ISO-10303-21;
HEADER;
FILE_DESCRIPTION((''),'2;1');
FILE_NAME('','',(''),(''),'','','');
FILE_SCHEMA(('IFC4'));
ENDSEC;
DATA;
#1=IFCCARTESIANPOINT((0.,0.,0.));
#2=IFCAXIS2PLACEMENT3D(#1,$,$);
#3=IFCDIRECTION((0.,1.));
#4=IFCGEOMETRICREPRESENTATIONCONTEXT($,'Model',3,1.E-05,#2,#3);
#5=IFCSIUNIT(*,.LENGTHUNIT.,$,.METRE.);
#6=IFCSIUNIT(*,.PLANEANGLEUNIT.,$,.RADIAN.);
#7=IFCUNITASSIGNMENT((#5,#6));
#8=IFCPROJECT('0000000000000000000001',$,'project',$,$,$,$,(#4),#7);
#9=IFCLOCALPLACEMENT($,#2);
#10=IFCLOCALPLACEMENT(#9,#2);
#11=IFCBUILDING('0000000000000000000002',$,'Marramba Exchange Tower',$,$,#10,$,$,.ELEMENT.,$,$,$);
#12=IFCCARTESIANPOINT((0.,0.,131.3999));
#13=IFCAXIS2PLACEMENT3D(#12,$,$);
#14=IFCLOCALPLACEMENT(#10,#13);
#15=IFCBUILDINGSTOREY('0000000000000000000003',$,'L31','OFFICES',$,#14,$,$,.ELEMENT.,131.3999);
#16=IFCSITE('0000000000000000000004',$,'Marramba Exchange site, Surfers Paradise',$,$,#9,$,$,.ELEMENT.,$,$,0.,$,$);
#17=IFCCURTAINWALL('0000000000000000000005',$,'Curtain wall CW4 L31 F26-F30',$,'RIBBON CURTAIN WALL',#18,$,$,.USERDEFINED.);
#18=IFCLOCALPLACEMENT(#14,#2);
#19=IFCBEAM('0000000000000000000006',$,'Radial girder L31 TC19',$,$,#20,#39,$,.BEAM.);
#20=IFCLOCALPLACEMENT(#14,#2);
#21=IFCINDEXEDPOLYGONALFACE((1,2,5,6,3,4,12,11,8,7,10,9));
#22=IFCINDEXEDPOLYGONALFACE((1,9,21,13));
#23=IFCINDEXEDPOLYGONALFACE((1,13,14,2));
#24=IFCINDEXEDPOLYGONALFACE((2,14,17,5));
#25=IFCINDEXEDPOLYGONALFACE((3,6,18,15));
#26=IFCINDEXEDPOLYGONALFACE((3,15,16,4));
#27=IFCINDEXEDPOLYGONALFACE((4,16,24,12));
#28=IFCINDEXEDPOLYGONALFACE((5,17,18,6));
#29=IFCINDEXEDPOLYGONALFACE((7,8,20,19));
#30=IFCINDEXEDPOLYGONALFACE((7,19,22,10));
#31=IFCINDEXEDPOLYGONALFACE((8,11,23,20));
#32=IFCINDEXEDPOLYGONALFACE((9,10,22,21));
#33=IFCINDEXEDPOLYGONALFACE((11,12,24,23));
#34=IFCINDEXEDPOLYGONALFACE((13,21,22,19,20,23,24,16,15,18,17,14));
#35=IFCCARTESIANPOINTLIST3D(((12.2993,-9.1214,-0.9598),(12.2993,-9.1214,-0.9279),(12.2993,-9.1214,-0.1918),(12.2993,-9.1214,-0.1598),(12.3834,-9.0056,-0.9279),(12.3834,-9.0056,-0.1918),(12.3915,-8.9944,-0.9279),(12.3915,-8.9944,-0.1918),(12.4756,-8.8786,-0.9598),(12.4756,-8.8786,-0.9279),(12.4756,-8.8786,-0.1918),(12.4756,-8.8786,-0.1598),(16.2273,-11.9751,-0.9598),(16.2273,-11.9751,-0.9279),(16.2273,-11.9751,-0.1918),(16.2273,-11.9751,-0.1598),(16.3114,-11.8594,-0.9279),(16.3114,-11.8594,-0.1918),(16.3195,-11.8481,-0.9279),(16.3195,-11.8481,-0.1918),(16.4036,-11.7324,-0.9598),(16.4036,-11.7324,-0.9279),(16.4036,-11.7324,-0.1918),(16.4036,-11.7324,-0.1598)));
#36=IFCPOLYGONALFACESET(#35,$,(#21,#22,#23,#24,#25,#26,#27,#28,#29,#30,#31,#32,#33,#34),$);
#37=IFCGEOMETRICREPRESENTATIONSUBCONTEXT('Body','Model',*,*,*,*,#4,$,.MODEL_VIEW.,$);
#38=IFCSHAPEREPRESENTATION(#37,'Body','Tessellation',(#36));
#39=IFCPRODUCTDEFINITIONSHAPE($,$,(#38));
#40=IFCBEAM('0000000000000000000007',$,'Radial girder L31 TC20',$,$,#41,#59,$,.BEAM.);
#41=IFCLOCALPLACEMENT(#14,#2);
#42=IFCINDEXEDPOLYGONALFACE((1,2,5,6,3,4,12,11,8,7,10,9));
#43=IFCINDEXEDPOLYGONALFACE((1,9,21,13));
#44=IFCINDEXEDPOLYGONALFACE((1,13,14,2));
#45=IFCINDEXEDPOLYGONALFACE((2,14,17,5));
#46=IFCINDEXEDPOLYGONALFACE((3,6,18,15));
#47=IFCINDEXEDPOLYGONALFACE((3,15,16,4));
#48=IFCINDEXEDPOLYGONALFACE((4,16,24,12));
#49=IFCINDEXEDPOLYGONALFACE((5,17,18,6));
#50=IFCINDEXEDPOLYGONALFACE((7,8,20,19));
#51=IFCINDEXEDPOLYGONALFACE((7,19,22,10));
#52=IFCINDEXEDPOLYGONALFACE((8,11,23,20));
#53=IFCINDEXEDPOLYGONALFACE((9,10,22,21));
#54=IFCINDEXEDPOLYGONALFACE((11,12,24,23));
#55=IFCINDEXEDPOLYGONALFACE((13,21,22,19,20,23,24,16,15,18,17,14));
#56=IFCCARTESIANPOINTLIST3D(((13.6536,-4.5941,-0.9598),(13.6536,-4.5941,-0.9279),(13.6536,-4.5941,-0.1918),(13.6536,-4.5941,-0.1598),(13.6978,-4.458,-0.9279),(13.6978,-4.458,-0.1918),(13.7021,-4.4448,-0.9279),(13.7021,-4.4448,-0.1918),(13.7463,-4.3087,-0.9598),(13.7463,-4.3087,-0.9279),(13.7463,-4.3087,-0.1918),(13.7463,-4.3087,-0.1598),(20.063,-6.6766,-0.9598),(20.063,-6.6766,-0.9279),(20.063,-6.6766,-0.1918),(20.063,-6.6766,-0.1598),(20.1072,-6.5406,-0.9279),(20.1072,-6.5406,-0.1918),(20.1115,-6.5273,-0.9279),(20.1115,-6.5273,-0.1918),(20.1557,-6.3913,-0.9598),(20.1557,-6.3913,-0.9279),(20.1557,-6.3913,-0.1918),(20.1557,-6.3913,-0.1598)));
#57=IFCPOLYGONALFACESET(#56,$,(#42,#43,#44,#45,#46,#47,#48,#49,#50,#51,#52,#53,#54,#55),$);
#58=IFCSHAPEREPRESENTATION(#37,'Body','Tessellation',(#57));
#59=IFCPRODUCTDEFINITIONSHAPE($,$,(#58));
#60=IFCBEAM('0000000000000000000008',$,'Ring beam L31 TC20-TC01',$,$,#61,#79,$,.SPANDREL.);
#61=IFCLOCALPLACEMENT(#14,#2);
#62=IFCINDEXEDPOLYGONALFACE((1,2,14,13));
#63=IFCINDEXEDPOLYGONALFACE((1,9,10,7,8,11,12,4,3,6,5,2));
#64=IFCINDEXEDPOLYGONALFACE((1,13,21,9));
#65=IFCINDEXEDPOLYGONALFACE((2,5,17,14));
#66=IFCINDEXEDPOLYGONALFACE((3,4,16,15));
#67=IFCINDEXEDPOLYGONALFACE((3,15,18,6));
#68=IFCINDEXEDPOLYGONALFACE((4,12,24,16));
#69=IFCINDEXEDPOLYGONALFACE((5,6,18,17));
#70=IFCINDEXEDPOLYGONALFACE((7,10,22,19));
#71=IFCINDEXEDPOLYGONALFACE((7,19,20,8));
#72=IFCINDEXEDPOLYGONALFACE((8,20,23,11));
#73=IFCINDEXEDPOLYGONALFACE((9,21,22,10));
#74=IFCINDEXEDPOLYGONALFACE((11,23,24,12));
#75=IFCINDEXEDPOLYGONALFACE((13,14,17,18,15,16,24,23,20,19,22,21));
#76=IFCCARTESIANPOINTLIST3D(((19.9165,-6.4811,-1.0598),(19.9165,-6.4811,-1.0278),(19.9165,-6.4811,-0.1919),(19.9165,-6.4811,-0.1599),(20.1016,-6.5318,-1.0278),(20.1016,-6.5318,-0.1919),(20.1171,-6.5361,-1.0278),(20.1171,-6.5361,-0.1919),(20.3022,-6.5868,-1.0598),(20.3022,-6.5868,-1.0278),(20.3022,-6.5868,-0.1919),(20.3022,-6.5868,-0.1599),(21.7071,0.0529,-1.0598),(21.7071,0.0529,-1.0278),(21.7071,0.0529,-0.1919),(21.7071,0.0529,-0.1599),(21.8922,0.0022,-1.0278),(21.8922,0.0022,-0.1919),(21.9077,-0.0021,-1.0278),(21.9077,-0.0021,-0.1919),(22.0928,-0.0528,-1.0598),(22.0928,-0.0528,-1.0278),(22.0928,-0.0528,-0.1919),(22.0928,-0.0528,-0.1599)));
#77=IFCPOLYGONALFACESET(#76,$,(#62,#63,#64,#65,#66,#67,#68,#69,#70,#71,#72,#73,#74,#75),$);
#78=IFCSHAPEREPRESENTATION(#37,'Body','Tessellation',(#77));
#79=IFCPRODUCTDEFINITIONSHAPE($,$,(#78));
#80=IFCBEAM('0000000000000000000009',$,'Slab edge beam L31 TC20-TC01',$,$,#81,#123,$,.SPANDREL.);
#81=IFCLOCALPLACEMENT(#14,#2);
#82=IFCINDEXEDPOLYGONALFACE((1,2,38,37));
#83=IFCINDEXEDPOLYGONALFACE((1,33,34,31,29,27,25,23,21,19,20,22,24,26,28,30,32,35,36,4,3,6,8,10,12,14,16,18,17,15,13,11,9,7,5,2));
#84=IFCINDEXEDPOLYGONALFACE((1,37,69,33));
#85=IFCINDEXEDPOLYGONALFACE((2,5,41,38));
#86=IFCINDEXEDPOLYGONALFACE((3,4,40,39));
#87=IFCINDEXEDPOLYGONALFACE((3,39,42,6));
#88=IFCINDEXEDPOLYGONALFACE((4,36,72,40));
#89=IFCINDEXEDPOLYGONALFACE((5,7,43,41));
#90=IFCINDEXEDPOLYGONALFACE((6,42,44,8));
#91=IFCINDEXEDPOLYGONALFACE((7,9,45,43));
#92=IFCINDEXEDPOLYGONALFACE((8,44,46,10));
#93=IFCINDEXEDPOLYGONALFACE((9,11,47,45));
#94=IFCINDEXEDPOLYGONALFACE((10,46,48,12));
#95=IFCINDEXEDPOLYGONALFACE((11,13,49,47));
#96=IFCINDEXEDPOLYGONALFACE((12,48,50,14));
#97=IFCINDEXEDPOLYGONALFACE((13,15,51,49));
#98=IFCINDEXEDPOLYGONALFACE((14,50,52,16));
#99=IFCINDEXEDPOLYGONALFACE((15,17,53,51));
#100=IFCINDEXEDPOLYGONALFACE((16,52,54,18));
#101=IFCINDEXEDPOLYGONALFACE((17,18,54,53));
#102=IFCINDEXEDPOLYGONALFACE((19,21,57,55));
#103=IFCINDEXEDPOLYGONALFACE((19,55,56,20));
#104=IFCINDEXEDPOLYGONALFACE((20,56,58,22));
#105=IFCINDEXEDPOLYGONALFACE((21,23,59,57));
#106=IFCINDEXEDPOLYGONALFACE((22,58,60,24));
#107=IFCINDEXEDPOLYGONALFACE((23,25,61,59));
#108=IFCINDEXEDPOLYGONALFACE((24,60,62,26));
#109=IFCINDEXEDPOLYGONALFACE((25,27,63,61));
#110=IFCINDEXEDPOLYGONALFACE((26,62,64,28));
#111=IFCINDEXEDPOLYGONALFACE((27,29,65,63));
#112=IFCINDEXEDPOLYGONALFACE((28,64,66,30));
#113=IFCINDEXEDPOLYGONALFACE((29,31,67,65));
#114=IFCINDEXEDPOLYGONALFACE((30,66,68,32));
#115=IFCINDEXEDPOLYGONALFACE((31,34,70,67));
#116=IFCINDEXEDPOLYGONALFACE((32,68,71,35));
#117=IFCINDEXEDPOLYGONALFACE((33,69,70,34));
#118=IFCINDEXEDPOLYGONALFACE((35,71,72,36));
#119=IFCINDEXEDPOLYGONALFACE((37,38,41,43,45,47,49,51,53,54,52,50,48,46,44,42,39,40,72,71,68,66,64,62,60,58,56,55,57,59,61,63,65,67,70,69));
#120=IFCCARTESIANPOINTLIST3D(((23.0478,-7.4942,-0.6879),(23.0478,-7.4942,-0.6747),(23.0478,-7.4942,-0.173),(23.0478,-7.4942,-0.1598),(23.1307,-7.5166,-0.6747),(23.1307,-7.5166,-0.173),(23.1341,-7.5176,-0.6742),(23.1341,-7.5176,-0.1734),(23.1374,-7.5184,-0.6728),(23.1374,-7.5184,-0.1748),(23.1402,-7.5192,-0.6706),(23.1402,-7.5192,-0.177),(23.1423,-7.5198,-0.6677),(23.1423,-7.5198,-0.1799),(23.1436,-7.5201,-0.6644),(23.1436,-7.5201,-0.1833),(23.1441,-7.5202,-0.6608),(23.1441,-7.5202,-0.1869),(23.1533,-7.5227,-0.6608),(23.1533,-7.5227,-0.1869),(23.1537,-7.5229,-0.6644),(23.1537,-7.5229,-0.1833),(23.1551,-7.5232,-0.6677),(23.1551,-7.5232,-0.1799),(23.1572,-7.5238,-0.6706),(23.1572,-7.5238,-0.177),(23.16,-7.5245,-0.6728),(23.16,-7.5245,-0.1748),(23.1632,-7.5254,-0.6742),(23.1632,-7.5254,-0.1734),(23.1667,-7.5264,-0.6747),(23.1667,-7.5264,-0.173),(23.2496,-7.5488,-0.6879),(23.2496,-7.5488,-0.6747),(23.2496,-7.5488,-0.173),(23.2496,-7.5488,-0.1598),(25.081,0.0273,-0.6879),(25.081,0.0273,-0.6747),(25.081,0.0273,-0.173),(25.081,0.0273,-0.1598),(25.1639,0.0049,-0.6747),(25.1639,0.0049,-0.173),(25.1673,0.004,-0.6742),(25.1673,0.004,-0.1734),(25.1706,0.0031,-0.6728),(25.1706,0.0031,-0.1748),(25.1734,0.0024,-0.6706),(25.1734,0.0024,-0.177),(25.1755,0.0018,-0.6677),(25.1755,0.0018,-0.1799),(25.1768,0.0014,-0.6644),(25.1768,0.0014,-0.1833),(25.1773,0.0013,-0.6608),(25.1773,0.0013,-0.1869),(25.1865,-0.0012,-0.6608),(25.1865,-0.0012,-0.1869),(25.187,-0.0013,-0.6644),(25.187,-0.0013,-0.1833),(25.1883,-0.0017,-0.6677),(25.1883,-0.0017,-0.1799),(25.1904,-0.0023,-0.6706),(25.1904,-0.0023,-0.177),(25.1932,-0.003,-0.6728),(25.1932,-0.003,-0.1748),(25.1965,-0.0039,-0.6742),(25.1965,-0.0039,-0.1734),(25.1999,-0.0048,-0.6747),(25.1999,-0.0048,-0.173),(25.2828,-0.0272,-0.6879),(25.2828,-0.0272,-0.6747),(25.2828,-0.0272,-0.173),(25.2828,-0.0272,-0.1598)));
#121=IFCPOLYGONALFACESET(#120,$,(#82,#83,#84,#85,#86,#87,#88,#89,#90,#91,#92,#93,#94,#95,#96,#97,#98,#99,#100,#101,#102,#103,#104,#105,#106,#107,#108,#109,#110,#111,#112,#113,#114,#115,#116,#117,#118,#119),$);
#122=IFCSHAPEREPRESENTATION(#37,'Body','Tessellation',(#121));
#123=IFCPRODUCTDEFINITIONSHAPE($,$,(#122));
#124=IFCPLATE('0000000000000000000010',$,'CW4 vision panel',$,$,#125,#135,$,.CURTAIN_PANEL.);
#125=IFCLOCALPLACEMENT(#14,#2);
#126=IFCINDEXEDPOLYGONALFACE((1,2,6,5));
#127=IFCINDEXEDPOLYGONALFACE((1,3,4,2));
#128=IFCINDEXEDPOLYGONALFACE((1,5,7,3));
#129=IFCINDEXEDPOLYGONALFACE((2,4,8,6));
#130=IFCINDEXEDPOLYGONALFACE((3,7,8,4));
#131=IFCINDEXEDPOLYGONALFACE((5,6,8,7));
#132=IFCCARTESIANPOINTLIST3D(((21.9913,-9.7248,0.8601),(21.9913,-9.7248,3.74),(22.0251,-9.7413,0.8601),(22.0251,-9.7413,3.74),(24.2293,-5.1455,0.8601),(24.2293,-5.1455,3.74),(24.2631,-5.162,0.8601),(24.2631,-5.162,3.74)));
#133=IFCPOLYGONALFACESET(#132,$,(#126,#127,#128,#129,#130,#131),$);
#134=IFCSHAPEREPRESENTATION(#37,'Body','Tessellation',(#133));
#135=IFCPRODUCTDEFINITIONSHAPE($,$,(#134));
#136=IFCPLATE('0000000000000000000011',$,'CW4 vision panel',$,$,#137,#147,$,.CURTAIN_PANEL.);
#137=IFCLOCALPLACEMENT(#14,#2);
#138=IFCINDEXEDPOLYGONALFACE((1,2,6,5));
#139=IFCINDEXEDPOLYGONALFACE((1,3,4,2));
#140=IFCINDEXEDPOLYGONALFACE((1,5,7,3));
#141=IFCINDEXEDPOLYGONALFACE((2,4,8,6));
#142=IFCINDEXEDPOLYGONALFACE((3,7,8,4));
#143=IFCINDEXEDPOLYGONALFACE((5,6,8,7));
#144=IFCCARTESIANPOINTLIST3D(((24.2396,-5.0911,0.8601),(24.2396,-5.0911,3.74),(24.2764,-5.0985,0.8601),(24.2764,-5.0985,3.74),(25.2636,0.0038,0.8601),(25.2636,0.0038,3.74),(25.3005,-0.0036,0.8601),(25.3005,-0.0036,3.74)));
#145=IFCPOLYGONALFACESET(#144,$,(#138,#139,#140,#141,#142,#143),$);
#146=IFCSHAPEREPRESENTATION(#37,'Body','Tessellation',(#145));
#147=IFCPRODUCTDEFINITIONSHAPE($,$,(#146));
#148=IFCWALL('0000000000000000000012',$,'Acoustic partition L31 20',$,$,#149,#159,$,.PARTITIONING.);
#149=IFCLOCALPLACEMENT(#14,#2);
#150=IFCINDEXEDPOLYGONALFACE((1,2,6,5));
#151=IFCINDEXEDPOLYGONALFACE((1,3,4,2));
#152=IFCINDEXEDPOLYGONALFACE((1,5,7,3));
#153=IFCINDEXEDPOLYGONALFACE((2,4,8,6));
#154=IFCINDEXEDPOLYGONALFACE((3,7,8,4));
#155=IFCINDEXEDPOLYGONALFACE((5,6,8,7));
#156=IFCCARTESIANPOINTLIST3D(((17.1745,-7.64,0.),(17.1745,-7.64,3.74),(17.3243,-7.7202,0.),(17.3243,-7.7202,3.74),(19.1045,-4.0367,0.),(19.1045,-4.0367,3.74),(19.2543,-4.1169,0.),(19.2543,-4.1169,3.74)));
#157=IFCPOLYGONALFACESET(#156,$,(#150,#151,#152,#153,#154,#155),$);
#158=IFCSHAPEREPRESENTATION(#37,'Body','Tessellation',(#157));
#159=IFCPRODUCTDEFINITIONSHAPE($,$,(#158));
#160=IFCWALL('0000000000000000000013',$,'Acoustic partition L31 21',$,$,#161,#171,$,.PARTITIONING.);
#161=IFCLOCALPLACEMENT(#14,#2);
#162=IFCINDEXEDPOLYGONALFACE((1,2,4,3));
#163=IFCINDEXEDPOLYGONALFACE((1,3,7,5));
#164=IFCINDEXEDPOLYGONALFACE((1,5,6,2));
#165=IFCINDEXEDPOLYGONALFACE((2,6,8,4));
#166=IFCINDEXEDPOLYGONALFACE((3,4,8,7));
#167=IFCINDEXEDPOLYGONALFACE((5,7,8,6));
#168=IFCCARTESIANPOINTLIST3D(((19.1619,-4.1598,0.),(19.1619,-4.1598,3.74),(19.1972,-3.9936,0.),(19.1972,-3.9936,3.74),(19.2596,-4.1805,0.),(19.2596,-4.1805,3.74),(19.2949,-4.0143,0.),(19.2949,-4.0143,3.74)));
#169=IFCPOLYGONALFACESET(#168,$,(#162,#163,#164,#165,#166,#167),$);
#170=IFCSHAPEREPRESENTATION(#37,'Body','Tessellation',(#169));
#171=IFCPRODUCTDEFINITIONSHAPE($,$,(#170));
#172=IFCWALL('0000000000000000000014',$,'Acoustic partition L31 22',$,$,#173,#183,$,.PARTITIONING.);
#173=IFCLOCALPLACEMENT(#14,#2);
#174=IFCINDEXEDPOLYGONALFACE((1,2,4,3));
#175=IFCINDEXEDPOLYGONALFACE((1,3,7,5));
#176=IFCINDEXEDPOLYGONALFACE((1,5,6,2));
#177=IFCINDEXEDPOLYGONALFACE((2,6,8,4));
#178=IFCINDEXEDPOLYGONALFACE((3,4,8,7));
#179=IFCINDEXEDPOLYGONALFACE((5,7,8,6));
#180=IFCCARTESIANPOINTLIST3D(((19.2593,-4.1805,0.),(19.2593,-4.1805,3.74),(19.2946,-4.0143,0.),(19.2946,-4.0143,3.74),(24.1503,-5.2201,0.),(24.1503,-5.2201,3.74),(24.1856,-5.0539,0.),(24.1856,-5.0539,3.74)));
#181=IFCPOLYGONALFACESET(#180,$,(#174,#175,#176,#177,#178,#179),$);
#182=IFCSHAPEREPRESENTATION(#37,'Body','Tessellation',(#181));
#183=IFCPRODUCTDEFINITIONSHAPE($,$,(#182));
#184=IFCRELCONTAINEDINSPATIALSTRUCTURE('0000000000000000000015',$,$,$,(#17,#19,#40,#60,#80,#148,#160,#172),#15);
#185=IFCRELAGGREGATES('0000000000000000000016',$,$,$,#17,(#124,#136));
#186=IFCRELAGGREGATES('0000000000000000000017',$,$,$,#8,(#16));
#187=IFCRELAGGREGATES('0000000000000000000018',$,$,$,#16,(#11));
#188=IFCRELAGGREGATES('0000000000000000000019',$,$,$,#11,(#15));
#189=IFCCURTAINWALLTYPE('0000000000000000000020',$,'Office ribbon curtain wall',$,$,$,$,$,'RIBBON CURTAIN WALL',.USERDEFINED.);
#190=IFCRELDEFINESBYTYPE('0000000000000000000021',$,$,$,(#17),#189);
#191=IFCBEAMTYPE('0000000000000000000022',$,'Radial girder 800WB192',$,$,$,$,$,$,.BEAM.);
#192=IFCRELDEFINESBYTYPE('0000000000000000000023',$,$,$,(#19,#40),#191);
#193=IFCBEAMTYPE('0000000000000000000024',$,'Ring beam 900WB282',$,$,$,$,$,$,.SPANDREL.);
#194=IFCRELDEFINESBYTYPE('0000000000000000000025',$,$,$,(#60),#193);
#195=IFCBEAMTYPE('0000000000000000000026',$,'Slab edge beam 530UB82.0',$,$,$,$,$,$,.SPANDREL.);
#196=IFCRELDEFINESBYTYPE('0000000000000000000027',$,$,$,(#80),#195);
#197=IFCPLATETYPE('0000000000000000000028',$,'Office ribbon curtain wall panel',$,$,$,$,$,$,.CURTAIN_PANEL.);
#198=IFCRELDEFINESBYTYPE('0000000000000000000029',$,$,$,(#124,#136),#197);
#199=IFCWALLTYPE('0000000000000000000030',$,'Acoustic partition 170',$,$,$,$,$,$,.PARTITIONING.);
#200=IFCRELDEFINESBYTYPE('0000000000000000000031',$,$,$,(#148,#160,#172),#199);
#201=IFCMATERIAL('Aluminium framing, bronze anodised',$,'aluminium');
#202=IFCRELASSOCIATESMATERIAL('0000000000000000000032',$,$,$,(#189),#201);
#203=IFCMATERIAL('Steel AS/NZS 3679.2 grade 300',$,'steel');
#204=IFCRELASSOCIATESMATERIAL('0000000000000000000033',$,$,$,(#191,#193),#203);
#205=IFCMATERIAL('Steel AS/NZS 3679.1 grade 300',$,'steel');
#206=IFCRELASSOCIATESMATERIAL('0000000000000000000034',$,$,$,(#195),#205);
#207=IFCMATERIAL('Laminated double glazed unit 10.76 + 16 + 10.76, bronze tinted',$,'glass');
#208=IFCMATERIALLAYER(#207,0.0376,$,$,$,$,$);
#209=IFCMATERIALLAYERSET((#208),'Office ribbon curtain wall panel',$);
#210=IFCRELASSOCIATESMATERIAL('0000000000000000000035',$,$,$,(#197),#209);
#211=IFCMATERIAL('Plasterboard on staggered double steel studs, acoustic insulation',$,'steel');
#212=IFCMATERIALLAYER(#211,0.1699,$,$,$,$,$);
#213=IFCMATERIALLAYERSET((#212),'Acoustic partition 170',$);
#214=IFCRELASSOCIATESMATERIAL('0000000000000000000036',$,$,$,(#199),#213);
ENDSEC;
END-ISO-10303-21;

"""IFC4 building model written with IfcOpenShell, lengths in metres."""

from ifc_helpers import new_model, si_unit, direction, frame, frame_2d, origin, origin_2d, place, context, subcontext, project, spatial, rectangle, i_section, extrude, material, layer, layer_set, material_profile, profile_set, type_object, element, aggregate, save


model = new_model("IFC4")

# Units and contexts
model_context = context("Model", 3, precision=1e-05, world=origin(), true_north=direction((0.0, 1.0)))
body_context = subcontext(model_context, "Body", "Model", "MODEL_VIEW")
ifc_project = project(units=[si_unit("LENGTHUNIT", "METRE"), si_unit("PLANEANGLEUNIT", "RADIAN")], contexts=[model_context])

# Site, building, storey
site_placement = place(None, origin())
site = spatial("IfcSite", under=ifc_project, at=site_placement, Name="Marramba Exchange site, Surfers Paradise", CompositionType="ELEMENT", RefElevation=0.0)
building_placement = place(site_placement, origin())
building = spatial("IfcBuilding", under=site, at=building_placement, Name="Marramba Exchange Tower", CompositionType="ELEMENT")
storey_placement = place(building_placement, frame((0.0, 0.0, 131.3999)))
storey = spatial("IfcBuildingStorey", under=building, at=storey_placement, Name="L31", Description="OFFICES", CompositionType="ELEMENT", Elevation=131.3999)

# Shared definitions
ifc_material_1 = material(Name="Steel AS/NZS 3679.2 grade 300", Category="steel")
ifc_material_2 = material(Name="Steel AS/NZS 3679.1 grade 300", Category="steel")

# Curtain wall
ifc_material_3 = material(Name="Aluminium framing, bronze anodised", Category="aluminium")
curtain_wall_type = type_object("IfcCurtainWallType", Name="Office ribbon curtain wall", ElementType="RIBBON CURTAIN WALL", PredefinedType="USERDEFINED", material=ifc_material_3)
curtain_wall_placement = place(storey_placement, origin())
curtain_wall = element("IfcCurtainWall", 1, at=curtain_wall_placement, inside=storey, type_object=curtain_wall_type, Name="Curtain wall CW4 L31 F26-F30", ObjectType="RIBBON CURTAIN WALL", PredefinedType="USERDEFINED")

# Beams
ifc_material_profile_1 = material_profile(ifc_material_1, i_section(OverallWidth=0.3, OverallDepth=0.8, WebThickness=0.0139, FlangeThickness=0.032, at=origin_2d()), Name="800WB192")
ifc_profile_set_1 = profile_set([ifc_material_profile_1], Name="Steel AS/NZS 3679.2 grade 300")
beam_type_1 = type_object("IfcBeamType", Name="Radial girder 800WB192", PredefinedType="BEAM", material=ifc_profile_set_1)
beam_1_placement = place(storey_placement, frame((12.3875, -9.0, -0.5598), z_axis=(0.809025, -0.587774, 0.0), x_axis=(0.587774, 0.809025, 0.0)))
element("IfcBeam", 2, at=beam_1_placement, inside=storey, type_object=beam_type_1, Name="Radial girder L31 TC19", PredefinedType="BEAM", context=body_context, shape_type="SweptSolid", body=[
    extrude(i_section(OverallWidth=0.3, OverallDepth=0.8, WebThickness=0.0139, FlangeThickness=0.032, at=origin_2d()), origin(), (0.0, 0.0, 1.0), 4.8552),
])
beam_2_placement = place(storey_placement, frame((13.7, -4.4514, -0.5598), z_axis=(0.951058, -0.309013, 0.0), x_axis=(0.309013, 0.951058, 0.0)))
element("IfcBeam", 3, at=beam_2_placement, inside=storey, type_object=beam_type_1, Name="Radial girder L31 TC20", PredefinedType="BEAM", context=body_context, shape_type="SweptSolid", body=[
    extrude(i_section(OverallWidth=0.3, OverallDepth=0.8, WebThickness=0.0139, FlangeThickness=0.032, at=origin_2d()), origin(), (0.0, 0.0, 1.0), 6.7393),
])
ifc_material_profile_2 = material_profile(ifc_material_1, i_section(OverallWidth=0.3999, OverallDepth=0.8999, WebThickness=0.0161, FlangeThickness=0.032, at=origin_2d()), Name="900WB282")
ifc_profile_set_2 = profile_set([ifc_material_profile_2], Name="Steel AS/NZS 3679.2 grade 300")
beam_type_2 = type_object("IfcBeamType", Name="Ring beam 900WB282", PredefinedType="SPANDREL", material=ifc_profile_set_2)
beam_3_placement = place(storey_placement, frame((20.1094, -6.5339, -0.6099), z_axis=(0.264291, 0.964443, 0.0), x_axis=(-0.964443, 0.264291, 0.0)))
element("IfcBeam", 4, at=beam_3_placement, inside=storey, type_object=beam_type_2, Name="Ring beam L31 TC20-TC01", PredefinedType="SPANDREL", context=body_context, shape_type="SweptSolid", body=[
    extrude(i_section(OverallWidth=0.3999, OverallDepth=0.8999, WebThickness=0.0161, FlangeThickness=0.032, at=origin_2d()), origin(), (0.0, 0.0, 1.0), 6.7749),
])
ifc_material_profile_3 = material_profile(ifc_material_2, i_section(OverallWidth=0.209, OverallDepth=0.5281, WebThickness=0.0095, FlangeThickness=0.0132, FilletRadius=0.0139, at=origin_2d()), Name="530UB82.0")
ifc_profile_set_3 = profile_set([ifc_material_profile_3], Name="Steel AS/NZS 3679.1 grade 300")
beam_type_3 = type_object("IfcBeamType", Name="Slab edge beam 530UB82.0", PredefinedType="SPANDREL", material=ifc_profile_set_3)
beam_4_placement = place(storey_placement, frame((23.1487, -7.5215, -0.4238), z_axis=(0.260953, 0.965351, 0.0), x_axis=(-0.965351, 0.260953, 0.0)))
element("IfcBeam", 5, at=beam_4_placement, inside=storey, type_object=beam_type_3, Name="Slab edge beam L31 TC20-TC01", PredefinedType="SPANDREL", context=body_context, shape_type="SweptSolid", body=[
    extrude(i_section(OverallWidth=0.209, OverallDepth=0.5281, WebThickness=0.0095, FlangeThickness=0.0132, FilletRadius=0.0139, at=origin_2d()), origin(), (0.0, 0.0, 1.0), 7.7915),
])

# Plates
ifc_material_4 = material(Name="Laminated double glazed unit 10.76 + 16 + 10.76, bronze tinted", Category="glass")
ifc_layer_1 = layer(ifc_material_4, 0.0376)
ifc_layer_set_1 = layer_set([ifc_layer_1], Name="Office ribbon curtain wall panel")
plate_type = type_object("IfcPlateType", Name="Office ribbon curtain wall panel", PredefinedType="CURTAIN_PANEL", material=ifc_layer_set_1)
plate_1_placement = place(storey_placement, frame((23.1272, -7.4434, 0.8601), z_axis=(0.0, 0.0, 1.0), x_axis=(0.439086, 0.898445, 0.0)))
plate_1 = element("IfcPlate", 6, at=plate_1_placement, type_object=plate_type, Name="CW4 vision panel", PredefinedType="CURTAIN_PANEL", context=body_context, shape_type="SweptSolid", body=[
    extrude(rectangle(XDim=5.0969, YDim=0.0376, at=origin_2d()), origin(), (0.0, 0.0, 1.0), 2.8799),
])
plate_2_placement = place(storey_placement, frame((24.77, -2.5474, 0.8601), z_axis=(0.0, 0.0, 1.0), x_axis=(0.197049, 0.980394, 0.0)))
plate_2 = element("IfcPlate", 7, at=plate_2_placement, type_object=plate_type, Name="CW4 vision panel", PredefinedType="CURTAIN_PANEL", context=body_context, shape_type="SweptSolid", body=[
    extrude(rectangle(XDim=5.1968, YDim=0.0376, at=origin_2d()), origin(), (0.0, 0.0, 1.0), 2.8799),
])
aggregate(curtain_wall, [plate_1, plate_2])

# Shared definitions
ifc_material_5 = material(Name="Plasterboard on staggered double steel studs, acoustic insulation", Category="steel")
ifc_layer_2 = layer(ifc_material_5, 0.1699)
ifc_layer_set_2 = layer_set([ifc_layer_2], Name="Acoustic partition 170")
wall_type_1 = type_object("IfcWallType", Name="Acoustic partition 170", PredefinedType="PARTITIONING", material=ifc_layer_set_2)

# Walls
wall_1_placement = place(storey_placement, frame((19.1794, -4.0767, 0.0), z_axis=(0.0, 0.0, 1.0), x_axis=(-0.472147, -0.88152, 0.0)))
element("IfcWall", 8, at=wall_1_placement, inside=storey, type_object=wall_type_1, Name="Acoustic partition L31 20", PredefinedType="PARTITIONING", context=body_context, shape_type="SweptSolid", body=[
    extrude(rectangle(XDim=4.0876, YDim=0.1699, at=frame_2d((2.0439, 0.0))), origin(), (0.0, 0.0, 1.0), 3.74),
])
wall_2_placement = place(storey_placement, frame((19.2771, -4.0974, 0.0), z_axis=(0.0, 0.0, 1.0), x_axis=(-0.978159, 0.207859, 0.0)))
element("IfcWall", 9, at=wall_2_placement, inside=storey, type_object=wall_type_1, Name="Acoustic partition L31 21", PredefinedType="PARTITIONING", context=body_context, shape_type="SweptSolid", body=[
    extrude(rectangle(XDim=0.0999, YDim=0.1699, at=frame_2d((0.0498, 0.0))), origin(), (0.0, 0.0, 1.0), 3.74),
])
wall_3_placement = place(storey_placement, frame((19.2771, -4.0974, 0.0), z_axis=(0.0, 0.0, 1.0), x_axis=(0.978149, -0.207905, 0.0)))
element("IfcWall", 10, at=wall_3_placement, inside=storey, type_object=wall_type_1, Name="Acoustic partition L31 22", PredefinedType="PARTITIONING", context=body_context, shape_type="SweptSolid", body=[
    extrude(rectangle(XDim=5.0002, YDim=0.1699, at=frame_2d((2.5, 0.0))), origin(), (0.0, 0.0, 1.0), 3.74),
])

save(model, "model.ifc")
